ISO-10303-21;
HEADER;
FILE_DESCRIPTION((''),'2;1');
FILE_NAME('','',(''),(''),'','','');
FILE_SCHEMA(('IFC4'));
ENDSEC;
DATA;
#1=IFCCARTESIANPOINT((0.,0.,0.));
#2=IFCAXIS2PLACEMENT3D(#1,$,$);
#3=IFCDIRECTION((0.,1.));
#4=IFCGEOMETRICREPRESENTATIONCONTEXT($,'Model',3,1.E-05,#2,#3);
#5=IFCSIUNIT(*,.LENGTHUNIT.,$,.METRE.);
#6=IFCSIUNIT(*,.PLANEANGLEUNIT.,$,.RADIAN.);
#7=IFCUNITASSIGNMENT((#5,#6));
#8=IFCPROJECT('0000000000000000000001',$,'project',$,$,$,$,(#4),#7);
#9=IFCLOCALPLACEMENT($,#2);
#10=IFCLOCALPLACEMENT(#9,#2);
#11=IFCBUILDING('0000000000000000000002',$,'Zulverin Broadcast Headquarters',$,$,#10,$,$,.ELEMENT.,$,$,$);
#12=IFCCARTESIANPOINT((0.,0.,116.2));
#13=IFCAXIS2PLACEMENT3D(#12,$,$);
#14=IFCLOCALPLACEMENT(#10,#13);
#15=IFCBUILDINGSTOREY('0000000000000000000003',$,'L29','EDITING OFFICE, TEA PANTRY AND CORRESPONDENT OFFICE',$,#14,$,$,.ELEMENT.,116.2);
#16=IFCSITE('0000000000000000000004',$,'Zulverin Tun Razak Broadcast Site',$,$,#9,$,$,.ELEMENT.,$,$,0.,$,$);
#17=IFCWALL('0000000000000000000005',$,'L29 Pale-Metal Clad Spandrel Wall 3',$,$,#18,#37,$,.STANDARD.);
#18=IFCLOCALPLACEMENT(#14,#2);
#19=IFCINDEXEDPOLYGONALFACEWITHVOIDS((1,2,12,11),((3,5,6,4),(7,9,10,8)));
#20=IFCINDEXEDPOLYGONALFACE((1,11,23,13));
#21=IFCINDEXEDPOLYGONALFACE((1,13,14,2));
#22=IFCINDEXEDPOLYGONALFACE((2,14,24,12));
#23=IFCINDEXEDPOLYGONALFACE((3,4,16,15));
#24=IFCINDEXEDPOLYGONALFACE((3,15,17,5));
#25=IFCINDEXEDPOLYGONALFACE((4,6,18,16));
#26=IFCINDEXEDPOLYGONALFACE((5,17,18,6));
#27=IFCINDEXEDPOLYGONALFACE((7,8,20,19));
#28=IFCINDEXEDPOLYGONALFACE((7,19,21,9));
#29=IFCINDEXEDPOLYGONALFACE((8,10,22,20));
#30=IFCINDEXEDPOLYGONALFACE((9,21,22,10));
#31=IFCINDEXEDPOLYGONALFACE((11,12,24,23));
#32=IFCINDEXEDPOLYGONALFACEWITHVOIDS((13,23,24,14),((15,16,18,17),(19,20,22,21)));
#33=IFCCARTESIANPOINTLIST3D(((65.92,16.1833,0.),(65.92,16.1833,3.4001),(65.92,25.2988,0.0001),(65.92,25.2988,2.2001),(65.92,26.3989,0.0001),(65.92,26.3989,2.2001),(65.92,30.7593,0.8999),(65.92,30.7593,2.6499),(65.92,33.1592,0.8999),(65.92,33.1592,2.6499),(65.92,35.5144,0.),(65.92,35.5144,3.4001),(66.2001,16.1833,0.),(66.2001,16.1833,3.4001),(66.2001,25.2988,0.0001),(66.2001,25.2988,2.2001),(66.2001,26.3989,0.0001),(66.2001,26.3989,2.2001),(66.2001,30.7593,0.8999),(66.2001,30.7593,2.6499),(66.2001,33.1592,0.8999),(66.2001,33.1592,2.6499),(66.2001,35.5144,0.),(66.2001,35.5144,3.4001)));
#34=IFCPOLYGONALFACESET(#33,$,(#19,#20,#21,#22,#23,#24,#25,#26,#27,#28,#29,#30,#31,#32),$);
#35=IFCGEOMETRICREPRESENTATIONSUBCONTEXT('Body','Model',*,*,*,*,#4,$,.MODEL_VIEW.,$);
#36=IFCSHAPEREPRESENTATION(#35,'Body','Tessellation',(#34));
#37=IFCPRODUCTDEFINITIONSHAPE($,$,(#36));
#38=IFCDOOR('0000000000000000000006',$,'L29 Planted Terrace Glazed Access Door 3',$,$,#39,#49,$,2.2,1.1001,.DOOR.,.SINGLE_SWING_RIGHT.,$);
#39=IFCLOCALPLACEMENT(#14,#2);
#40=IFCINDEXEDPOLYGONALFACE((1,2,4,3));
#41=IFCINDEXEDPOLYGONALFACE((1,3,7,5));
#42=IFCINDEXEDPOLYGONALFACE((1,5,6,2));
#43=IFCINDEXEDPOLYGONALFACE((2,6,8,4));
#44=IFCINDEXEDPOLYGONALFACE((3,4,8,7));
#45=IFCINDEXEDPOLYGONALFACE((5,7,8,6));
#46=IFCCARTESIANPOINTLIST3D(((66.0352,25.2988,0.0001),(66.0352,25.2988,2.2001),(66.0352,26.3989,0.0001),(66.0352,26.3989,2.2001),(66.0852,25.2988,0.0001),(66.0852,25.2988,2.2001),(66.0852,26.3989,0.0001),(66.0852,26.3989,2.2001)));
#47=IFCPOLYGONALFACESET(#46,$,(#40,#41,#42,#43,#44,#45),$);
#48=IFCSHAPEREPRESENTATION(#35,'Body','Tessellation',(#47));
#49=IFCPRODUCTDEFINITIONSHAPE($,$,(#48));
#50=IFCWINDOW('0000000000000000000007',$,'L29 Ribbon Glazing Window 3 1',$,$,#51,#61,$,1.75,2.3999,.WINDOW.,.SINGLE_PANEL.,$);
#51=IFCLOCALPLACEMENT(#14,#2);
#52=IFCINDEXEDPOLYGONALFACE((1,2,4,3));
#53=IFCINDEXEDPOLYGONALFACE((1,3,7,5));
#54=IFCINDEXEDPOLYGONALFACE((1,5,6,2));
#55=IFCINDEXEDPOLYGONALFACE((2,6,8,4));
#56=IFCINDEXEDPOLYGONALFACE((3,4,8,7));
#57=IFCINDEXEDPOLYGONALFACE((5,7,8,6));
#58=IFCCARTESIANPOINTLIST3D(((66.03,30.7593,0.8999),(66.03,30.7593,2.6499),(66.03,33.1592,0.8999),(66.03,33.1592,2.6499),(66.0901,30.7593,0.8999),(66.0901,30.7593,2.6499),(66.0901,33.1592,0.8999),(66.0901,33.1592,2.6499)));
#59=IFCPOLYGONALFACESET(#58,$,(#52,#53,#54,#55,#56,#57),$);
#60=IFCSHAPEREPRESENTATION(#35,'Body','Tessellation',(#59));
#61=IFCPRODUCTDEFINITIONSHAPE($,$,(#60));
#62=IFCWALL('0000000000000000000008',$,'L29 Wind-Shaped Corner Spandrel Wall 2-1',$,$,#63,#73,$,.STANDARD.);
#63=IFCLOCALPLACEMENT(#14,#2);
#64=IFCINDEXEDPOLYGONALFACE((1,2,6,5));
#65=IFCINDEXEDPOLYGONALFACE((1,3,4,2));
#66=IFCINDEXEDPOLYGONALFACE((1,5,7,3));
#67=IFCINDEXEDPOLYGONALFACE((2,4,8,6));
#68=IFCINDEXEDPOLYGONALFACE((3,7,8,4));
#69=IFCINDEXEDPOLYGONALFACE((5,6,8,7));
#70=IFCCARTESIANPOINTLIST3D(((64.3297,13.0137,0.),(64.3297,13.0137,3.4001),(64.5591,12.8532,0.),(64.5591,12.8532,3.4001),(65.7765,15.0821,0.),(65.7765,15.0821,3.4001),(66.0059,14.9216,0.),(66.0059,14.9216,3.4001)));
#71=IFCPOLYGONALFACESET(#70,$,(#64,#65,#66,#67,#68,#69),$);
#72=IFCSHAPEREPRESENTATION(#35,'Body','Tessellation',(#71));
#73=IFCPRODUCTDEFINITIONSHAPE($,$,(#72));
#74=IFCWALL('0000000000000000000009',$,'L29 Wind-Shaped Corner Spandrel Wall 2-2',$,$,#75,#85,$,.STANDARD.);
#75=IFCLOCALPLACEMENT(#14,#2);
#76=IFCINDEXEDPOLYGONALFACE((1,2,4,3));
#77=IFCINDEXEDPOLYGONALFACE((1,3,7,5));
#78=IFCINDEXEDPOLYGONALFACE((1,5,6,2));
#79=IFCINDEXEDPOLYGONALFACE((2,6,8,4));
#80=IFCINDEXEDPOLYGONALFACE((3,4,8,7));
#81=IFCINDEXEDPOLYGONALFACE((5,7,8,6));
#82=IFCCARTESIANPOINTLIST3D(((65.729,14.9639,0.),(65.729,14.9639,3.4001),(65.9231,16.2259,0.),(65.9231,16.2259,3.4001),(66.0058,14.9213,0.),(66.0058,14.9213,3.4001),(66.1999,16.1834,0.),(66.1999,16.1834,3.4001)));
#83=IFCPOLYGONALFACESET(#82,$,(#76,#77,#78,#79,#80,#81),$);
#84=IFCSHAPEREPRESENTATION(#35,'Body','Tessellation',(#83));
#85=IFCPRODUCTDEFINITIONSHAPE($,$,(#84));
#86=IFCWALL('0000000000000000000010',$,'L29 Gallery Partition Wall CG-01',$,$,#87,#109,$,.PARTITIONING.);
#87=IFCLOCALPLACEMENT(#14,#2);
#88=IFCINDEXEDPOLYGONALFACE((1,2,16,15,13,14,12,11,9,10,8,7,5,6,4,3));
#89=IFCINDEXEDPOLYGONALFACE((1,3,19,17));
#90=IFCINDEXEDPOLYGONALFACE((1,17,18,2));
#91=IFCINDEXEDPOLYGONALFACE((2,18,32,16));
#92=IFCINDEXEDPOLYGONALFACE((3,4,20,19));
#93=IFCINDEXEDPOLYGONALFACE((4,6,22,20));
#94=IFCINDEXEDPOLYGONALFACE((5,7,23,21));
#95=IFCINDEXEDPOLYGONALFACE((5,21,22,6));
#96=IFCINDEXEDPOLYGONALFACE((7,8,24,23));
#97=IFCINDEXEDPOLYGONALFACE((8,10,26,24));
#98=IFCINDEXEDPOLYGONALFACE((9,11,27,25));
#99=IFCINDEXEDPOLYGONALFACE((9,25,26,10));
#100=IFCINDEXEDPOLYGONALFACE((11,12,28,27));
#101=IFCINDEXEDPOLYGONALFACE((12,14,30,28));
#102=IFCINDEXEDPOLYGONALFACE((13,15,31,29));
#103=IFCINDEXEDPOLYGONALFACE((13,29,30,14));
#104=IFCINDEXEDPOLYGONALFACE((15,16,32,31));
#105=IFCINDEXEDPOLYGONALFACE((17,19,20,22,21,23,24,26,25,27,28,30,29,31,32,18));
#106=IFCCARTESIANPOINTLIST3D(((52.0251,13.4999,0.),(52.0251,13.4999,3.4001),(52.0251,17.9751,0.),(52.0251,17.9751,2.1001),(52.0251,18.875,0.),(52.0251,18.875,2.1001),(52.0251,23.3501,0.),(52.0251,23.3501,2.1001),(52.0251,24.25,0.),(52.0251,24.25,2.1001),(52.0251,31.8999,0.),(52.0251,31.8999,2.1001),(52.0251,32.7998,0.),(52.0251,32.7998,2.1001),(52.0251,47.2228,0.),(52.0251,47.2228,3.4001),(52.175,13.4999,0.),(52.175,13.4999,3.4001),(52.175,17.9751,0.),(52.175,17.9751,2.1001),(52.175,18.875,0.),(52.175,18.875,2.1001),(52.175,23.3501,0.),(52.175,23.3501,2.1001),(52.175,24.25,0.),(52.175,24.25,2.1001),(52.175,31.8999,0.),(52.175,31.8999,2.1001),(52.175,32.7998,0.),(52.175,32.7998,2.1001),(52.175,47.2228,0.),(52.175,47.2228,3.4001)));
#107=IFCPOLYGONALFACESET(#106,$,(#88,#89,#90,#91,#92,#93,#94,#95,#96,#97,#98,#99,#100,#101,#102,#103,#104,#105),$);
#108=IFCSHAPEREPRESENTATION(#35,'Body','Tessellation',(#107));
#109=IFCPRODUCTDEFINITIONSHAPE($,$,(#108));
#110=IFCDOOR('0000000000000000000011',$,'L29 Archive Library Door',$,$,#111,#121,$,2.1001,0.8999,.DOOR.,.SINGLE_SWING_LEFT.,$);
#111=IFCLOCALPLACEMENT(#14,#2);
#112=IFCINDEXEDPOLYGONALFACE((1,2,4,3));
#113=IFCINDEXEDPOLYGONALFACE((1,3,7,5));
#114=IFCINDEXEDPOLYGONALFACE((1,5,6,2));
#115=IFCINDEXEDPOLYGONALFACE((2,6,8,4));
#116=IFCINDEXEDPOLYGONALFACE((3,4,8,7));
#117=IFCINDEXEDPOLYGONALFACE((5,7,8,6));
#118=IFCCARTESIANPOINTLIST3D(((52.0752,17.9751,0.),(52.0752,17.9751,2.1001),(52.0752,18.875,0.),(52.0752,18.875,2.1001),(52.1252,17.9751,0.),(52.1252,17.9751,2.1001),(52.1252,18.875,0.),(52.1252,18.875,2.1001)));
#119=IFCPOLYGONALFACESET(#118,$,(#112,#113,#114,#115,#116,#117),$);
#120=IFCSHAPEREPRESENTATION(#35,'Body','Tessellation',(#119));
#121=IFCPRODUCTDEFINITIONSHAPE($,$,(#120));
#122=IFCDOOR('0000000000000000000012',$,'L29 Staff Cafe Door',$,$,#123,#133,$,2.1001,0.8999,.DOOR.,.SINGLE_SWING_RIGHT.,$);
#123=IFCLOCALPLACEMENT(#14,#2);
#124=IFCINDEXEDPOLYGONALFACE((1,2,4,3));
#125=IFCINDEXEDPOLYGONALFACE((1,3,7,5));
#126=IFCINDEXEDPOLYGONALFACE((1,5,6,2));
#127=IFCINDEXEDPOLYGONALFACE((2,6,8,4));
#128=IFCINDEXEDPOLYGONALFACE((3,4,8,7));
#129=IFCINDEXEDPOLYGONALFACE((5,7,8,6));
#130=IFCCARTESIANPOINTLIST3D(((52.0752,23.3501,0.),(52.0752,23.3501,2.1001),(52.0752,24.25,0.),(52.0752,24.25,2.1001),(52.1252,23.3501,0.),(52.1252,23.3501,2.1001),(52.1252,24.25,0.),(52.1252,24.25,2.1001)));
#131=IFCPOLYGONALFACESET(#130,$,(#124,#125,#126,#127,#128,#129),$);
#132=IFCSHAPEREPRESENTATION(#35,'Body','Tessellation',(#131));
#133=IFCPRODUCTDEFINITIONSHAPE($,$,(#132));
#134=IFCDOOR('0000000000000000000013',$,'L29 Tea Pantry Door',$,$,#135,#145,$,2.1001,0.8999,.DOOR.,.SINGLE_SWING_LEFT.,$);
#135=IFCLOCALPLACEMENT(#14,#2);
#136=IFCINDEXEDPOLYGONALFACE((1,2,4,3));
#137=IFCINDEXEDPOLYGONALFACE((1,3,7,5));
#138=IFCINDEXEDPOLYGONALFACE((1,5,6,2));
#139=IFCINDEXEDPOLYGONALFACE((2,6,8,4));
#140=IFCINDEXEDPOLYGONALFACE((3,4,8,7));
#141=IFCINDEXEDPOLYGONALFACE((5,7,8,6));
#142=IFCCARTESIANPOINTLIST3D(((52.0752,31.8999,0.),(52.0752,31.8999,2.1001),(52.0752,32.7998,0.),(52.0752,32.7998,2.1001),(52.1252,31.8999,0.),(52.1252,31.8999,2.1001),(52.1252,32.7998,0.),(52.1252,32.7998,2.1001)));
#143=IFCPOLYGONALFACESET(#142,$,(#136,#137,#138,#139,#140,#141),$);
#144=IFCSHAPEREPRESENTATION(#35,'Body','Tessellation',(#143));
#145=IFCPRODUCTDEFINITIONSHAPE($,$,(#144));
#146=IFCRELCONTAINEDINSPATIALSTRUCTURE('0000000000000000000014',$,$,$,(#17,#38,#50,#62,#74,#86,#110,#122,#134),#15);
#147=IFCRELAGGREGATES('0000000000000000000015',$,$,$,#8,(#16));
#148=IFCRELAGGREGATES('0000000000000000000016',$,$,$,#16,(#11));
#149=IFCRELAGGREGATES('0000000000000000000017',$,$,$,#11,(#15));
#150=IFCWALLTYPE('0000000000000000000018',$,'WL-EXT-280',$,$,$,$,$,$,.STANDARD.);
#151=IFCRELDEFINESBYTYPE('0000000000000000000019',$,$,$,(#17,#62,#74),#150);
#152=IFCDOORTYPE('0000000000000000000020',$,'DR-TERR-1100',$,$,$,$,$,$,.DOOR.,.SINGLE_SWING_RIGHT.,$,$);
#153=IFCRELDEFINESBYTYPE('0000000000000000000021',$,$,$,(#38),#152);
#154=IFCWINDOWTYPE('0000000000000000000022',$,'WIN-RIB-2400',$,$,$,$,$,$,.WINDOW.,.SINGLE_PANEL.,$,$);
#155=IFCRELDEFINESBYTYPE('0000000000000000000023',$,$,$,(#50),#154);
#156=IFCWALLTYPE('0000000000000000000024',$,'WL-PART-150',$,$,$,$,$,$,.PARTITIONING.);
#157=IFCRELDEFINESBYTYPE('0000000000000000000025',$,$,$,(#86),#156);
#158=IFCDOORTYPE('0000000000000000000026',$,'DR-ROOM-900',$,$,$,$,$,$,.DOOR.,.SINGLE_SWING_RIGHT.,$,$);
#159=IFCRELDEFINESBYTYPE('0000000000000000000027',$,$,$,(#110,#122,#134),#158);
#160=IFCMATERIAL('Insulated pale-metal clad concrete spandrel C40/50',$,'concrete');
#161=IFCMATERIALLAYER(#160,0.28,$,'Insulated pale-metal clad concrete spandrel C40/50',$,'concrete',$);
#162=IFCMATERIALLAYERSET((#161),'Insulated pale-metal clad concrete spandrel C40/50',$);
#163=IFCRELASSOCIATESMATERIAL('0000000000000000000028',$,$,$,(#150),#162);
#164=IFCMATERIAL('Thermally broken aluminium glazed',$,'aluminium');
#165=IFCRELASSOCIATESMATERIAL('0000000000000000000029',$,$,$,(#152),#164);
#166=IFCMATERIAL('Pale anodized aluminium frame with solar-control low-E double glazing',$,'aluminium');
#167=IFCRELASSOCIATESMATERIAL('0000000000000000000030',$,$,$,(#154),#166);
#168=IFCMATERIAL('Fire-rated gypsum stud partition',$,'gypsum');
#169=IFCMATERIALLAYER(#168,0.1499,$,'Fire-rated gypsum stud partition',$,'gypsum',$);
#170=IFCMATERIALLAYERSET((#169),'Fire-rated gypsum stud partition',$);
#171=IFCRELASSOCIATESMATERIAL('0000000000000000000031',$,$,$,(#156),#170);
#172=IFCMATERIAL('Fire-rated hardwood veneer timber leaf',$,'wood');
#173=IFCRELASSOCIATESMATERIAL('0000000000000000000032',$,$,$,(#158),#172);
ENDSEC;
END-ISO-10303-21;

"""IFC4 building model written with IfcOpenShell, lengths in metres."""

from ifc_helpers import new_model, si_unit, direction, frame, frame_2d, origin, place, context, subcontext, project, spatial, rectangle, extrude, material, layer, layer_set, type_object, element, fill, save


model = new_model("IFC4")

# Units and contexts
model_context = context("Model", 3, precision=1e-05, world=origin(), true_north=direction((0.0, 1.0)))
body_context = subcontext(model_context, "Body", "Model", "MODEL_VIEW")
ifc_project = project(units=[si_unit("LENGTHUNIT", "METRE"), si_unit("PLANEANGLEUNIT", "RADIAN")], contexts=[model_context])

# Site, building, storey
site_placement = place(None, origin())
site = spatial("IfcSite", under=ifc_project, at=site_placement, Name="Zulverin Tun Razak Broadcast Site", CompositionType="ELEMENT", RefElevation=0.0)
building_placement = place(site_placement, origin())
building = spatial("IfcBuilding", under=site, at=building_placement, Name="Zulverin Broadcast Headquarters", CompositionType="ELEMENT")
storey_placement = place(building_placement, frame((0.0, 0.0, 116.2)))
storey = spatial("IfcBuildingStorey", under=building, at=storey_placement, Name="L29", Description="EDITING OFFICE, TEA PANTRY AND CORRESPONDENT OFFICE", CompositionType="ELEMENT", Elevation=116.2)

# Wall, openings, door, window
ifc_material_1 = material(Name="Insulated pale-metal clad concrete spandrel C40/50", Category="concrete")
ifc_layer_1 = layer(ifc_material_1, 0.28, Name="Insulated pale-metal clad concrete spandrel C40/50", Category="concrete")
ifc_layer_set_1 = layer_set([ifc_layer_1], Name="Insulated pale-metal clad concrete spandrel C40/50")
wall_type_1 = type_object("IfcWallType", Name="WL-EXT-280", PredefinedType="STANDARD", material=ifc_layer_set_1)
wall_1_placement = place(storey_placement, frame((66.0601, 16.1833, 0.0), z_axis=(0.0, 0.0, 1.0), x_axis=(0.0, 1.0, 0.0)))
wall_1 = element("IfcWall", 1, at=wall_1_placement, inside=storey, type_object=wall_type_1, Name="L29 Pale-Metal Clad Spandrel Wall 3", PredefinedType="STANDARD", context=body_context, shape_type="SweptSolid", body=[
    extrude(rectangle(XDim=19.3311, YDim=0.28, at=frame_2d((9.6655, 0.0))), origin(), (0.0, 0.0, 1.0), 3.4001),
])
opening_1_placement = place(wall_1_placement, frame((9.1155, 0.0, 0.0)))
opening_1 = element("IfcOpeningElement", 2, at=opening_1_placement, cuts=wall_1, PredefinedType="OPENING", context=body_context, shape_type="SweptSolid", body=[
    extrude(rectangle(XDim=1.1001, YDim=2.2, at=frame_2d((0.55, 1.1001))), frame((0.0, 0.1499, 0.0), z_axis=(0.0, -1.0, 0.0), x_axis=(1.0, 0.0, 0.0)), (0.0, 0.0, 1.0), 0.3),
])
opening_2_placement = place(wall_1_placement, frame((14.5759, 0.0, 0.8999)))
opening_2 = element("IfcOpeningElement", 3, at=opening_2_placement, cuts=wall_1, PredefinedType="OPENING", context=body_context, shape_type="SweptSolid", body=[
    extrude(rectangle(XDim=2.3999, YDim=1.75, at=frame_2d((1.2, 0.875))), frame((0.0, 0.1499, 0.0), z_axis=(0.0, -1.0, 0.0), x_axis=(1.0, 0.0, 0.0)), (0.0, 0.0, 1.0), 0.3),
])
ifc_material_2 = material(Name="Thermally broken aluminium glazed", Category="aluminium")
door_type_1 = type_object("IfcDoorType", Name="DR-TERR-1100", OperationType="SINGLE_SWING_RIGHT", PredefinedType="DOOR", material=ifc_material_2)
door_1_placement = place(opening_1_placement, origin())
door_1 = element("IfcDoor", 4, at=door_1_placement, inside=storey, type_object=door_type_1, Name="L29 Planted Terrace Glazed Access Door 3", OperationType="SINGLE_SWING_RIGHT", OverallHeight=2.2, OverallWidth=1.1001, PredefinedType="DOOR", context=body_context, shape_type="SweptSolid", body=[
    extrude(rectangle(XDim=1.1001, YDim=2.2, at=frame_2d((0.55, 1.1001))), frame((0.0, 0.0249, 0.0), z_axis=(0.0, -1.0, 0.0), x_axis=(1.0, 0.0, 0.0)), (0.0, 0.0, 1.0), 0.05),
])
fill(opening_1, door_1)
ifc_material_3 = material(Name="Pale anodized aluminium frame with solar-control low-E double glazing", Category="aluminium")
window_type = type_object("IfcWindowType", Name="WIN-RIB-2400", PartitioningType="SINGLE_PANEL", PredefinedType="WINDOW", material=ifc_material_3)
window_placement = place(opening_2_placement, origin())
window = element("IfcWindow", 5, at=window_placement, inside=storey, type_object=window_type, Name="L29 Ribbon Glazing Window 3 1", OverallHeight=1.75, OverallWidth=2.3999, PartitioningType="SINGLE_PANEL", PredefinedType="WINDOW", context=body_context, shape_type="SweptSolid", body=[
    extrude(rectangle(XDim=2.3999, YDim=1.75, at=frame_2d((1.2, 0.875))), frame((0.0, 0.03, 0.0), z_axis=(0.0, -1.0, 0.0), x_axis=(1.0, 0.0, 0.0)), (0.0, 0.0, 1.0), 0.0601),
])
fill(opening_2, window)

# Walls
wall_2_placement = place(storey_placement, frame((64.4443, 12.9333, 0.0), z_axis=(0.0, 0.0, 1.0), x_axis=(0.573177, 0.819432, 0.0)))
element("IfcWall", 6, at=wall_2_placement, inside=storey, type_object=wall_type_1, Name="L29 Wind-Shaped Corner Spandrel Wall 2-1", PredefinedType="STANDARD", context=body_context, shape_type="SweptSolid", body=[
    extrude(rectangle(XDim=2.5242, YDim=0.28, at=frame_2d((1.2622, 0.0))), origin(), (0.0, 0.0, 1.0), 3.4001),
])
wall_3_placement = place(storey_placement, frame((65.8674, 14.9426, 0.0), z_axis=(0.0, 0.0, 1.0), x_axis=(0.152014, 0.988378, 0.0)))
element("IfcWall", 7, at=wall_3_placement, inside=storey, type_object=wall_type_1, Name="L29 Wind-Shaped Corner Spandrel Wall 2-2", PredefinedType="STANDARD", context=body_context, shape_type="SweptSolid", body=[
    extrude(rectangle(XDim=1.2769, YDim=0.28, at=frame_2d((0.6384, 0.0))), origin(), (0.0, 0.0, 1.0), 3.4001),
])

# Wall, openings, doors
ifc_material_4 = material(Name="Fire-rated gypsum stud partition", Category="gypsum")
ifc_layer_2 = layer(ifc_material_4, 0.1499, Name="Fire-rated gypsum stud partition", Category="gypsum")
ifc_layer_set_2 = layer_set([ifc_layer_2], Name="Fire-rated gypsum stud partition")
wall_type_2 = type_object("IfcWallType", Name="WL-PART-150", PredefinedType="PARTITIONING", material=ifc_layer_set_2)
wall_4_placement = place(storey_placement, frame((52.1001, 13.5, 0.0), z_axis=(0.0, 0.0, 1.0), x_axis=(0.0, 1.0, 0.0)))
wall_4 = element("IfcWall", 8, at=wall_4_placement, inside=storey, type_object=wall_type_2, Name="L29 Gallery Partition Wall CG-01", PredefinedType="PARTITIONING", context=body_context, shape_type="SweptSolid", body=[
    extrude(rectangle(XDim=33.7229, YDim=0.1499, at=frame_2d((16.8613, 0.0))), origin(), (0.0, 0.0, 1.0), 3.4001),
])
opening_3_placement = place(wall_4_placement, frame((4.4751, 0.0, 0.0)))
opening_3 = element("IfcOpeningElement", 9, at=opening_3_placement, cuts=wall_4, PredefinedType="OPENING", context=body_context, shape_type="SweptSolid", body=[
    extrude(rectangle(XDim=0.8999, YDim=2.1001, at=frame_2d((0.45, 1.05))), frame((0.0, 0.085, 0.0), z_axis=(0.0, -1.0, 0.0), x_axis=(1.0, 0.0, 0.0)), (0.0, 0.0, 1.0), 0.1699),
])
opening_4_placement = place(wall_4_placement, frame((9.8501, 0.0, 0.0)))
opening_4 = element("IfcOpeningElement", 10, at=opening_4_placement, cuts=wall_4, PredefinedType="OPENING", context=body_context, shape_type="SweptSolid", body=[
    extrude(rectangle(XDim=0.8999, YDim=2.1001, at=frame_2d((0.45, 1.05))), frame((0.0, 0.085, 0.0), z_axis=(0.0, -1.0, 0.0), x_axis=(1.0, 0.0, 0.0)), (0.0, 0.0, 1.0), 0.1699),
])
opening_5_placement = place(wall_4_placement, frame((18.3999, 0.0, 0.0)))
opening_5 = element("IfcOpeningElement", 11, at=opening_5_placement, cuts=wall_4, PredefinedType="OPENING", context=body_context, shape_type="SweptSolid", body=[
    extrude(rectangle(XDim=0.8999, YDim=2.1001, at=frame_2d((0.45, 1.05))), frame((0.0, 0.085, 0.0), z_axis=(0.0, -1.0, 0.0), x_axis=(1.0, 0.0, 0.0)), (0.0, 0.0, 1.0), 0.1699),
])
ifc_material_5 = material(Name="Fire-rated hardwood veneer timber leaf", Category="wood")
door_type_2 = type_object("IfcDoorType", Name="DR-ROOM-900", OperationType="SINGLE_SWING_RIGHT", PredefinedType="DOOR", material=ifc_material_5)
door_2_placement = place(opening_3_placement, origin())
door_2 = element("IfcDoor", 12, at=door_2_placement, inside=storey, type_object=door_type_2, Name="L29 Archive Library Door", OperationType="SINGLE_SWING_LEFT", OverallHeight=2.1001, OverallWidth=0.8999, PredefinedType="DOOR", context=body_context, shape_type="SweptSolid", body=[
    extrude(rectangle(XDim=0.8999, YDim=2.1001, at=frame_2d((0.45, 1.05))), frame((0.0, 0.0249, 0.0), z_axis=(0.0, -1.0, 0.0), x_axis=(1.0, 0.0, 0.0)), (0.0, 0.0, 1.0), 0.05),
])
fill(opening_3, door_2)
door_3_placement = place(opening_4_placement, origin())
door_3 = element("IfcDoor", 13, at=door_3_placement, inside=storey, type_object=door_type_2, Name="L29 Staff Cafe Door", OperationType="SINGLE_SWING_RIGHT", OverallHeight=2.1001, OverallWidth=0.8999, PredefinedType="DOOR", context=body_context, shape_type="SweptSolid", body=[
    extrude(rectangle(XDim=0.8999, YDim=2.1001, at=frame_2d((0.45, 1.05))), frame((0.0, 0.0249, 0.0), z_axis=(0.0, -1.0, 0.0), x_axis=(1.0, 0.0, 0.0)), (0.0, 0.0, 1.0), 0.05),
])
fill(opening_4, door_3)
door_4_placement = place(opening_5_placement, origin())
door_4 = element("IfcDoor", 14, at=door_4_placement, inside=storey, type_object=door_type_2, Name="L29 Tea Pantry Door", OperationType="SINGLE_SWING_LEFT", OverallHeight=2.1001, OverallWidth=0.8999, PredefinedType="DOOR", context=body_context, shape_type="SweptSolid", body=[
    extrude(rectangle(XDim=0.8999, YDim=2.1001, at=frame_2d((0.45, 1.05))), frame((0.0, 0.0249, 0.0), z_axis=(0.0, -1.0, 0.0), x_axis=(1.0, 0.0, 0.0)), (0.0, 0.0, 1.0), 0.05),
])
fill(opening_5, door_4)

save(model, "model.ifc")
